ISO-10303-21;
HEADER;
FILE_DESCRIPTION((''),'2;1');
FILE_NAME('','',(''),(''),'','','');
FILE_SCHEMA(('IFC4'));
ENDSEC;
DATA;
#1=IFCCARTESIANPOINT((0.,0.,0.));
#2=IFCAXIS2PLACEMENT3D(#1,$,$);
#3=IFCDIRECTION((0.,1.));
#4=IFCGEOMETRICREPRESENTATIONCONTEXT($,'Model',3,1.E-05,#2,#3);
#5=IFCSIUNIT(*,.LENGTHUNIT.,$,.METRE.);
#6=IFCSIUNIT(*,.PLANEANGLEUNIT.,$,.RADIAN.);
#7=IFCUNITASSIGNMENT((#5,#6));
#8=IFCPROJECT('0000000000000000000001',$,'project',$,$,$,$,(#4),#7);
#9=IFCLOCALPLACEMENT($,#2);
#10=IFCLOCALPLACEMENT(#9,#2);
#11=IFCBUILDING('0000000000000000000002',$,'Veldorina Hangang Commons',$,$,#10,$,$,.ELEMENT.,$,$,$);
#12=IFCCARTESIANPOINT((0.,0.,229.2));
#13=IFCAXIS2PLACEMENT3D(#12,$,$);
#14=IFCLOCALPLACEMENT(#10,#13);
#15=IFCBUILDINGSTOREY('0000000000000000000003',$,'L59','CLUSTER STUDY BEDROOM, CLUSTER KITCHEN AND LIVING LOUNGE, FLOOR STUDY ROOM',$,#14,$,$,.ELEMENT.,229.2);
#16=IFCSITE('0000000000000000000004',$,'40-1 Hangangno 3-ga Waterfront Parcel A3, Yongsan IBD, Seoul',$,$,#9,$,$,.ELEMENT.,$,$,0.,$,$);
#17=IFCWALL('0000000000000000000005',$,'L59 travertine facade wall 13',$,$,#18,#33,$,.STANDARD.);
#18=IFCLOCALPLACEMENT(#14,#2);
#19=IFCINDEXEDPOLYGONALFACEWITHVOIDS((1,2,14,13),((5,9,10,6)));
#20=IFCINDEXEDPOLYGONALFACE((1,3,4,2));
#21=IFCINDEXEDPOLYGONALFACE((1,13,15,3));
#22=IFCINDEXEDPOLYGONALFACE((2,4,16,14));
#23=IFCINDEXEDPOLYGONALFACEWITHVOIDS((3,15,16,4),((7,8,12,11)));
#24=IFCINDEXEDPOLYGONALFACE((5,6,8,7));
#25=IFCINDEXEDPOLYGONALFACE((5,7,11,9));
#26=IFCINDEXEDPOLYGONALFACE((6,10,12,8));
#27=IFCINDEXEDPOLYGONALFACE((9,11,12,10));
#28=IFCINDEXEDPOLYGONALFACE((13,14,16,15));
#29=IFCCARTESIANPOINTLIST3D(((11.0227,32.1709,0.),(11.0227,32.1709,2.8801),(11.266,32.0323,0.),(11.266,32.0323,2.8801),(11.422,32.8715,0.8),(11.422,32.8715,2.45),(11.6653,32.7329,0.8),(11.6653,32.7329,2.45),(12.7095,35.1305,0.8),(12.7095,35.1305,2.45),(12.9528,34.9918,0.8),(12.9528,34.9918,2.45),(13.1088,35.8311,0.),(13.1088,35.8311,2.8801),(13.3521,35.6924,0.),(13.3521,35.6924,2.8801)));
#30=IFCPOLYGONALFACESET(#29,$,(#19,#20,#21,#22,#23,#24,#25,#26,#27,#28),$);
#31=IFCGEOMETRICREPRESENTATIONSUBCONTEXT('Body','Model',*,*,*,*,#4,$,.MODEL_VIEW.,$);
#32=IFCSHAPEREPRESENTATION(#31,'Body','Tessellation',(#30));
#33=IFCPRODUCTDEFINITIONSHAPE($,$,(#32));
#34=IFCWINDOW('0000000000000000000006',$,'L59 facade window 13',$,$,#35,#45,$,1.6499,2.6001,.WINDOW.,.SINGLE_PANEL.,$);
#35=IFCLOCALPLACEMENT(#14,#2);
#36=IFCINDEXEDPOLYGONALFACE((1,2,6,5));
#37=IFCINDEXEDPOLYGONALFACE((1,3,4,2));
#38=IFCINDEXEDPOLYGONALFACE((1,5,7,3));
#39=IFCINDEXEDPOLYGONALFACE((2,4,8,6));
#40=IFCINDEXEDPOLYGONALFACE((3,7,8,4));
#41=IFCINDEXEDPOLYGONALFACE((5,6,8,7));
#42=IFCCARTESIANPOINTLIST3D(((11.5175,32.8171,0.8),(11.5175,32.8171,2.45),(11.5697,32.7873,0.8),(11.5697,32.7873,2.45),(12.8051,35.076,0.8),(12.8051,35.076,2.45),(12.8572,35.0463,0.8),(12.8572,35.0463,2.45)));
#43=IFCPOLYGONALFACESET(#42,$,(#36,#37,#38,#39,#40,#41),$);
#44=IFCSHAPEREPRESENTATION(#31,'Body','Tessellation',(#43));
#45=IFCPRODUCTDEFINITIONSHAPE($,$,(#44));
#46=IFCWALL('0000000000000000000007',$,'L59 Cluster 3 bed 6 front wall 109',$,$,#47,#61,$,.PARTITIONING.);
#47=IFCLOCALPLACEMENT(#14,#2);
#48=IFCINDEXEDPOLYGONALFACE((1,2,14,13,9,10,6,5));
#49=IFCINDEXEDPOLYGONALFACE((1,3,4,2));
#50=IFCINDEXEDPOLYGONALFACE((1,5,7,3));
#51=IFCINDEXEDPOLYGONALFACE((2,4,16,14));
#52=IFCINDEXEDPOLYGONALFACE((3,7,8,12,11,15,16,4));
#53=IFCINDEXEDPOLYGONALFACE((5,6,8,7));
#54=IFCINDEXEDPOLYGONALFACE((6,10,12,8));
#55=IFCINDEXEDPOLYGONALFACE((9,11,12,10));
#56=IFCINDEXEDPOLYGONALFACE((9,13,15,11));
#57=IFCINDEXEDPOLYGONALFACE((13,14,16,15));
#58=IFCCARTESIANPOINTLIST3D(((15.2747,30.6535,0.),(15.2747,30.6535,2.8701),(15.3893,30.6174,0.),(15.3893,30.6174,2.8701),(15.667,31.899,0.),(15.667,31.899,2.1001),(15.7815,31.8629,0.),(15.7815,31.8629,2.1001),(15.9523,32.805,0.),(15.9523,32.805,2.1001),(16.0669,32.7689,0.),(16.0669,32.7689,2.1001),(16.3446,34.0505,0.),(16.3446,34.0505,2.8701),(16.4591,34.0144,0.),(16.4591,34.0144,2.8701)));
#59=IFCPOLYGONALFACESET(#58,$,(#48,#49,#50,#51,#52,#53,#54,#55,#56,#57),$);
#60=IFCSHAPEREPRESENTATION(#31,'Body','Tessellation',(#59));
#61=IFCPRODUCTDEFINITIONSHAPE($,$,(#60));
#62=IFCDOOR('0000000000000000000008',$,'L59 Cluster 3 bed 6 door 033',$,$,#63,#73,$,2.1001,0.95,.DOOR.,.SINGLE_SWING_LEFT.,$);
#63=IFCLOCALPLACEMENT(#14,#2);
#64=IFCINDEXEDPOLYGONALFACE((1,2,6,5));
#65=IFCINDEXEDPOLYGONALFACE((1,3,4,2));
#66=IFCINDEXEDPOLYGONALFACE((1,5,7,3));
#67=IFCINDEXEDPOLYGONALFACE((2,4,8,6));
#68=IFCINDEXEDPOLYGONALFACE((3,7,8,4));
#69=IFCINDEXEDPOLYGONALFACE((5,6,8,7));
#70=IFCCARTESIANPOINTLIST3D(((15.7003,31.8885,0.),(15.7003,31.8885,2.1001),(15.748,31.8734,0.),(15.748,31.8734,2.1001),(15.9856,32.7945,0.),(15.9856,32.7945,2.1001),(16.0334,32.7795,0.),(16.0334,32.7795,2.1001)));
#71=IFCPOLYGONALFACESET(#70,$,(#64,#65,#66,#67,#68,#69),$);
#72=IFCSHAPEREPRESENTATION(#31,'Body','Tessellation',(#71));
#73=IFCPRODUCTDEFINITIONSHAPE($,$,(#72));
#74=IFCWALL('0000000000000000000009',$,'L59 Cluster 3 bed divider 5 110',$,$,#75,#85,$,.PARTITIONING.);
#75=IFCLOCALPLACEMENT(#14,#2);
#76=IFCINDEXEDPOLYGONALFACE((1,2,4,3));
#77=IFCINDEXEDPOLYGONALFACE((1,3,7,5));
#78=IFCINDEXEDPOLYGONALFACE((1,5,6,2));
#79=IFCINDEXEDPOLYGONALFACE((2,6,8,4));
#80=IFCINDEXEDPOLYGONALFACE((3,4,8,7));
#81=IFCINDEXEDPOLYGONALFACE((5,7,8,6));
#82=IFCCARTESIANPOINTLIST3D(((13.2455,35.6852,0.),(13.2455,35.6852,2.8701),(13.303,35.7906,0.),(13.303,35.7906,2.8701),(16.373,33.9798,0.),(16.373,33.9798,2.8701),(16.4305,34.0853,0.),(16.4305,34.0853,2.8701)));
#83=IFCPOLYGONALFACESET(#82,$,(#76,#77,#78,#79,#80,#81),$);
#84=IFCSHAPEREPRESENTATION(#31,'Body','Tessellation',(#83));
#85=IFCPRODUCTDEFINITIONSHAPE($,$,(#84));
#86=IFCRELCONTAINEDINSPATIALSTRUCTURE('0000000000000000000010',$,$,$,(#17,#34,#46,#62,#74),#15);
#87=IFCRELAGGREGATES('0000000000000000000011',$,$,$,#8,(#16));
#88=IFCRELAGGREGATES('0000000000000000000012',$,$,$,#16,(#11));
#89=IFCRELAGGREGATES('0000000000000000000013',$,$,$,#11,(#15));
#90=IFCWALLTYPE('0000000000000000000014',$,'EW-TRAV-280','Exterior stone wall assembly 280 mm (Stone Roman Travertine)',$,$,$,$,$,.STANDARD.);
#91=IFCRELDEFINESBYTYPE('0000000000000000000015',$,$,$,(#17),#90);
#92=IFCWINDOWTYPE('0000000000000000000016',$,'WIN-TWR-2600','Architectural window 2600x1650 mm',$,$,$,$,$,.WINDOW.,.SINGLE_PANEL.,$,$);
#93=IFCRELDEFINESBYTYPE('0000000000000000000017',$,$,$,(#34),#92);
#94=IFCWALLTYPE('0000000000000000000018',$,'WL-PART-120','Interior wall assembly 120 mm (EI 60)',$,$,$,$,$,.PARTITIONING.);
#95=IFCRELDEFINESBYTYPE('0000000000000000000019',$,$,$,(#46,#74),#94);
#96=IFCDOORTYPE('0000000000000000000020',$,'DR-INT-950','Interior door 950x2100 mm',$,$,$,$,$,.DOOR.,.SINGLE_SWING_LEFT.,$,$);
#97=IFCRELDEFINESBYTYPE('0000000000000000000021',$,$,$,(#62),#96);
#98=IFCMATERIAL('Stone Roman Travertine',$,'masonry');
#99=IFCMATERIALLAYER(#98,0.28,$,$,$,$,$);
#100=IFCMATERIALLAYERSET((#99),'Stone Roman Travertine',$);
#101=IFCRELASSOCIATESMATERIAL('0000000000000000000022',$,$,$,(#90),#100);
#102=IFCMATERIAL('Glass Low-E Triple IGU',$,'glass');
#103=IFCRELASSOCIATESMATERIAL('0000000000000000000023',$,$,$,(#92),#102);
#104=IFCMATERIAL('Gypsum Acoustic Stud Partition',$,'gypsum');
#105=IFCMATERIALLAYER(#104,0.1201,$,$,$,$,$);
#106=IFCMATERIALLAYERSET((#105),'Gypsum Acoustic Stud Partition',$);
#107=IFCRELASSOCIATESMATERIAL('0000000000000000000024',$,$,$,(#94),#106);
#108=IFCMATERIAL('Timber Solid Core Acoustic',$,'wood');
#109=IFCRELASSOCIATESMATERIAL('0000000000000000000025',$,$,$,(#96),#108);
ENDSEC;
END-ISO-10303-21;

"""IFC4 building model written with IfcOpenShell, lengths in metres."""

from ifc_helpers import new_model, si_unit, direction, frame, frame_2d, origin, place, context, subcontext, project, spatial, rectangle, extrude, material, layer, layer_set, type_object, element, fill, save


model = new_model("IFC4")

# Units and contexts
model_context = context("Model", 3, precision=1e-05, world=origin(), true_north=direction((0.0, 1.0)))
body_context = subcontext(model_context, "Body", "Model", "MODEL_VIEW")
ifc_project = project(units=[si_unit("LENGTHUNIT", "METRE"), si_unit("PLANEANGLEUNIT", "RADIAN")], contexts=[model_context])

# Site, building, storey
site_placement = place(None, origin())
site = spatial("IfcSite", under=ifc_project, at=site_placement, Name="40-1 Hangangno 3-ga Waterfront Parcel A3, Yongsan IBD, Seoul", CompositionType="ELEMENT", RefElevation=0.0)
building_placement = place(site_placement, origin())
building = spatial("IfcBuilding", under=site, at=building_placement, Name="Veldorina Hangang Commons", CompositionType="ELEMENT")
storey_placement = place(building_placement, frame((0.0, 0.0, 229.2)))
storey = spatial("IfcBuildingStorey", under=building, at=storey_placement, Name="L59", Description="CLUSTER STUDY BEDROOM, CLUSTER KITCHEN AND LIVING LOUNGE, FLOOR STUDY ROOM", CompositionType="ELEMENT", Elevation=229.2)

# Shared definitions
ifc_material_1 = material(Name="Stone Roman Travertine", Category="masonry")
ifc_layer_1 = layer(ifc_material_1, 0.28)
ifc_layer_set_1 = layer_set([ifc_layer_1], Name="Stone Roman Travertine")
wall_type_1 = type_object("IfcWallType", Name="EW-TRAV-280", Description="Exterior stone wall assembly 280 mm (Stone Roman Travertine)", PredefinedType="STANDARD", material=ifc_layer_set_1)

# Wall, opening, window
ifc_material_2 = material(Name="Glass Low-E Triple IGU", Category="glass")
window_type = type_object("IfcWindowType", Name="WIN-TWR-2600", Description="Architectural window 2600x1650 mm", PartitioningType="SINGLE_PANEL", PredefinedType="WINDOW", material=ifc_material_2)
wall_1_placement = place(storey_placement, frame((13.2305, 35.7617, 0.0), z_axis=(0.0, 0.0, 1.0), x_axis=(-0.495184, -0.868788, 0.0)))
wall_1 = element("IfcWall", 1, at=wall_1_placement, inside=storey, type_object=wall_type_1, Name="L59 travertine facade wall 13", PredefinedType="STANDARD", context=body_context, shape_type="SweptSolid", body=[
    extrude(rectangle(XDim=4.2129, YDim=0.28, at=frame_2d((2.1064, 0.0))), origin(), (0.0, 0.0, 1.0), 2.8801),
])
opening_1_placement = place(wall_1_placement, frame((0.8064, 0.0, 0.8)))
opening_1 = element("IfcOpeningElement", 2, at=opening_1_placement, cuts=wall_1, PredefinedType="OPENING", context=body_context, shape_type="SweptSolid", body=[
    extrude(rectangle(XDim=2.6001, YDim=1.6499, at=frame_2d((1.3, 0.825))), frame((0.0, 0.1499, 0.0), z_axis=(0.0, -1.0, 0.0), x_axis=(1.0, 0.0, 0.0)), (0.0, 0.0, 1.0), 0.3),
])
window_1_placement = place(opening_1_placement, origin())
window_1 = element("IfcWindow", 3, at=window_1_placement, inside=storey, type_object=window_type, Name="L59 facade window 13", OverallHeight=1.6499, OverallWidth=2.6001, PartitioningType="SINGLE_PANEL", PredefinedType="WINDOW", context=body_context, shape_type="SweptSolid", body=[
    extrude(rectangle(XDim=2.6001, YDim=1.6499, at=frame_2d((1.3, 0.825))), frame((0.0, 0.03, 0.0), z_axis=(0.0, -1.0, 0.0), x_axis=(1.0, 0.0, 0.0)), (0.0, 0.0, 1.0), 0.0601),
])
fill(opening_1, window_1)

# Wall, opening, door
ifc_material_3 = material(Name="Gypsum Acoustic Stud Partition", Category="gypsum")
ifc_layer_2 = layer(ifc_material_3, 0.1201)
ifc_layer_set_2 = layer_set([ifc_layer_2], Name="Gypsum Acoustic Stud Partition")
wall_type_2 = type_object("IfcWallType", Name="WL-PART-120", Description="Interior wall assembly 120 mm (EI 60)", PredefinedType="PARTITIONING", material=ifc_layer_set_2)
wall_2_placement = place(storey_placement, frame((16.4019, 34.0325, 0.0), z_axis=(0.0, 0.0, 1.0), x_axis=(-0.30039, -0.953817, 0.0)))
wall_2 = element("IfcWall", 4, at=wall_2_placement, inside=storey, type_object=wall_type_2, Name="L59 Cluster 3 bed 6 front wall 109", PredefinedType="PARTITIONING", context=body_context, shape_type="SweptSolid", body=[
    extrude(rectangle(XDim=3.5615, YDim=0.1201, at=frame_2d((1.7808, 0.0))), origin(), (0.0, 0.0, 1.0), 2.8701),
])
opening_2_placement = place(wall_2_placement, frame((1.3057, 0.0, 0.0)))
opening_2 = element("IfcOpeningElement", 5, at=opening_2_placement, cuts=wall_2, PredefinedType="OPENING", context=body_context, shape_type="SweptSolid", body=[
    extrude(rectangle(XDim=0.95, YDim=2.1001, at=frame_2d((0.4751, 1.05))), frame((0.0, 0.0701, 0.0), z_axis=(0.0, -1.0, 0.0), x_axis=(1.0, 0.0, 0.0)), (0.0, 0.0, 1.0), 0.1401),
])
ifc_material_4 = material(Name="Timber Solid Core Acoustic", Category="wood")
door_type = type_object("IfcDoorType", Name="DR-INT-950", Description="Interior door 950x2100 mm", OperationType="SINGLE_SWING_LEFT", PredefinedType="DOOR", material=ifc_material_4)
door_placement = place(opening_2_placement, origin())
door = element("IfcDoor", 6, at=door_placement, inside=storey, type_object=door_type, Name="L59 Cluster 3 bed 6 door 033", OperationType="SINGLE_SWING_LEFT", OverallHeight=2.1001, OverallWidth=0.95, PredefinedType="DOOR", context=body_context, shape_type="SweptSolid", body=[
    extrude(rectangle(XDim=0.95, YDim=2.1001, at=frame_2d((0.4751, 1.05))), frame((0.0, 0.0249, 0.0), z_axis=(0.0, -1.0, 0.0), x_axis=(1.0, 0.0, 0.0)), (0.0, 0.0, 1.0), 0.05),
])
fill(opening_2, door)

# Wall
wall_3_placement = place(storey_placement, frame((16.4019, 34.0325, 0.0), z_axis=(0.0, 0.0, 1.0), x_axis=(-0.877961, 0.478732, 0.0)))
element("IfcWall", 7, at=wall_3_placement, inside=storey, type_object=wall_type_2, Name="L59 Cluster 3 bed divider 5 110", PredefinedType="PARTITIONING", context=body_context, shape_type="SweptSolid", body=[
    extrude(rectangle(XDim=3.5623, YDim=0.1201, at=frame_2d((1.7812, 0.0))), origin(), (0.0, 0.0, 1.0), 2.8701),
])

save(model, "model.ifc")
